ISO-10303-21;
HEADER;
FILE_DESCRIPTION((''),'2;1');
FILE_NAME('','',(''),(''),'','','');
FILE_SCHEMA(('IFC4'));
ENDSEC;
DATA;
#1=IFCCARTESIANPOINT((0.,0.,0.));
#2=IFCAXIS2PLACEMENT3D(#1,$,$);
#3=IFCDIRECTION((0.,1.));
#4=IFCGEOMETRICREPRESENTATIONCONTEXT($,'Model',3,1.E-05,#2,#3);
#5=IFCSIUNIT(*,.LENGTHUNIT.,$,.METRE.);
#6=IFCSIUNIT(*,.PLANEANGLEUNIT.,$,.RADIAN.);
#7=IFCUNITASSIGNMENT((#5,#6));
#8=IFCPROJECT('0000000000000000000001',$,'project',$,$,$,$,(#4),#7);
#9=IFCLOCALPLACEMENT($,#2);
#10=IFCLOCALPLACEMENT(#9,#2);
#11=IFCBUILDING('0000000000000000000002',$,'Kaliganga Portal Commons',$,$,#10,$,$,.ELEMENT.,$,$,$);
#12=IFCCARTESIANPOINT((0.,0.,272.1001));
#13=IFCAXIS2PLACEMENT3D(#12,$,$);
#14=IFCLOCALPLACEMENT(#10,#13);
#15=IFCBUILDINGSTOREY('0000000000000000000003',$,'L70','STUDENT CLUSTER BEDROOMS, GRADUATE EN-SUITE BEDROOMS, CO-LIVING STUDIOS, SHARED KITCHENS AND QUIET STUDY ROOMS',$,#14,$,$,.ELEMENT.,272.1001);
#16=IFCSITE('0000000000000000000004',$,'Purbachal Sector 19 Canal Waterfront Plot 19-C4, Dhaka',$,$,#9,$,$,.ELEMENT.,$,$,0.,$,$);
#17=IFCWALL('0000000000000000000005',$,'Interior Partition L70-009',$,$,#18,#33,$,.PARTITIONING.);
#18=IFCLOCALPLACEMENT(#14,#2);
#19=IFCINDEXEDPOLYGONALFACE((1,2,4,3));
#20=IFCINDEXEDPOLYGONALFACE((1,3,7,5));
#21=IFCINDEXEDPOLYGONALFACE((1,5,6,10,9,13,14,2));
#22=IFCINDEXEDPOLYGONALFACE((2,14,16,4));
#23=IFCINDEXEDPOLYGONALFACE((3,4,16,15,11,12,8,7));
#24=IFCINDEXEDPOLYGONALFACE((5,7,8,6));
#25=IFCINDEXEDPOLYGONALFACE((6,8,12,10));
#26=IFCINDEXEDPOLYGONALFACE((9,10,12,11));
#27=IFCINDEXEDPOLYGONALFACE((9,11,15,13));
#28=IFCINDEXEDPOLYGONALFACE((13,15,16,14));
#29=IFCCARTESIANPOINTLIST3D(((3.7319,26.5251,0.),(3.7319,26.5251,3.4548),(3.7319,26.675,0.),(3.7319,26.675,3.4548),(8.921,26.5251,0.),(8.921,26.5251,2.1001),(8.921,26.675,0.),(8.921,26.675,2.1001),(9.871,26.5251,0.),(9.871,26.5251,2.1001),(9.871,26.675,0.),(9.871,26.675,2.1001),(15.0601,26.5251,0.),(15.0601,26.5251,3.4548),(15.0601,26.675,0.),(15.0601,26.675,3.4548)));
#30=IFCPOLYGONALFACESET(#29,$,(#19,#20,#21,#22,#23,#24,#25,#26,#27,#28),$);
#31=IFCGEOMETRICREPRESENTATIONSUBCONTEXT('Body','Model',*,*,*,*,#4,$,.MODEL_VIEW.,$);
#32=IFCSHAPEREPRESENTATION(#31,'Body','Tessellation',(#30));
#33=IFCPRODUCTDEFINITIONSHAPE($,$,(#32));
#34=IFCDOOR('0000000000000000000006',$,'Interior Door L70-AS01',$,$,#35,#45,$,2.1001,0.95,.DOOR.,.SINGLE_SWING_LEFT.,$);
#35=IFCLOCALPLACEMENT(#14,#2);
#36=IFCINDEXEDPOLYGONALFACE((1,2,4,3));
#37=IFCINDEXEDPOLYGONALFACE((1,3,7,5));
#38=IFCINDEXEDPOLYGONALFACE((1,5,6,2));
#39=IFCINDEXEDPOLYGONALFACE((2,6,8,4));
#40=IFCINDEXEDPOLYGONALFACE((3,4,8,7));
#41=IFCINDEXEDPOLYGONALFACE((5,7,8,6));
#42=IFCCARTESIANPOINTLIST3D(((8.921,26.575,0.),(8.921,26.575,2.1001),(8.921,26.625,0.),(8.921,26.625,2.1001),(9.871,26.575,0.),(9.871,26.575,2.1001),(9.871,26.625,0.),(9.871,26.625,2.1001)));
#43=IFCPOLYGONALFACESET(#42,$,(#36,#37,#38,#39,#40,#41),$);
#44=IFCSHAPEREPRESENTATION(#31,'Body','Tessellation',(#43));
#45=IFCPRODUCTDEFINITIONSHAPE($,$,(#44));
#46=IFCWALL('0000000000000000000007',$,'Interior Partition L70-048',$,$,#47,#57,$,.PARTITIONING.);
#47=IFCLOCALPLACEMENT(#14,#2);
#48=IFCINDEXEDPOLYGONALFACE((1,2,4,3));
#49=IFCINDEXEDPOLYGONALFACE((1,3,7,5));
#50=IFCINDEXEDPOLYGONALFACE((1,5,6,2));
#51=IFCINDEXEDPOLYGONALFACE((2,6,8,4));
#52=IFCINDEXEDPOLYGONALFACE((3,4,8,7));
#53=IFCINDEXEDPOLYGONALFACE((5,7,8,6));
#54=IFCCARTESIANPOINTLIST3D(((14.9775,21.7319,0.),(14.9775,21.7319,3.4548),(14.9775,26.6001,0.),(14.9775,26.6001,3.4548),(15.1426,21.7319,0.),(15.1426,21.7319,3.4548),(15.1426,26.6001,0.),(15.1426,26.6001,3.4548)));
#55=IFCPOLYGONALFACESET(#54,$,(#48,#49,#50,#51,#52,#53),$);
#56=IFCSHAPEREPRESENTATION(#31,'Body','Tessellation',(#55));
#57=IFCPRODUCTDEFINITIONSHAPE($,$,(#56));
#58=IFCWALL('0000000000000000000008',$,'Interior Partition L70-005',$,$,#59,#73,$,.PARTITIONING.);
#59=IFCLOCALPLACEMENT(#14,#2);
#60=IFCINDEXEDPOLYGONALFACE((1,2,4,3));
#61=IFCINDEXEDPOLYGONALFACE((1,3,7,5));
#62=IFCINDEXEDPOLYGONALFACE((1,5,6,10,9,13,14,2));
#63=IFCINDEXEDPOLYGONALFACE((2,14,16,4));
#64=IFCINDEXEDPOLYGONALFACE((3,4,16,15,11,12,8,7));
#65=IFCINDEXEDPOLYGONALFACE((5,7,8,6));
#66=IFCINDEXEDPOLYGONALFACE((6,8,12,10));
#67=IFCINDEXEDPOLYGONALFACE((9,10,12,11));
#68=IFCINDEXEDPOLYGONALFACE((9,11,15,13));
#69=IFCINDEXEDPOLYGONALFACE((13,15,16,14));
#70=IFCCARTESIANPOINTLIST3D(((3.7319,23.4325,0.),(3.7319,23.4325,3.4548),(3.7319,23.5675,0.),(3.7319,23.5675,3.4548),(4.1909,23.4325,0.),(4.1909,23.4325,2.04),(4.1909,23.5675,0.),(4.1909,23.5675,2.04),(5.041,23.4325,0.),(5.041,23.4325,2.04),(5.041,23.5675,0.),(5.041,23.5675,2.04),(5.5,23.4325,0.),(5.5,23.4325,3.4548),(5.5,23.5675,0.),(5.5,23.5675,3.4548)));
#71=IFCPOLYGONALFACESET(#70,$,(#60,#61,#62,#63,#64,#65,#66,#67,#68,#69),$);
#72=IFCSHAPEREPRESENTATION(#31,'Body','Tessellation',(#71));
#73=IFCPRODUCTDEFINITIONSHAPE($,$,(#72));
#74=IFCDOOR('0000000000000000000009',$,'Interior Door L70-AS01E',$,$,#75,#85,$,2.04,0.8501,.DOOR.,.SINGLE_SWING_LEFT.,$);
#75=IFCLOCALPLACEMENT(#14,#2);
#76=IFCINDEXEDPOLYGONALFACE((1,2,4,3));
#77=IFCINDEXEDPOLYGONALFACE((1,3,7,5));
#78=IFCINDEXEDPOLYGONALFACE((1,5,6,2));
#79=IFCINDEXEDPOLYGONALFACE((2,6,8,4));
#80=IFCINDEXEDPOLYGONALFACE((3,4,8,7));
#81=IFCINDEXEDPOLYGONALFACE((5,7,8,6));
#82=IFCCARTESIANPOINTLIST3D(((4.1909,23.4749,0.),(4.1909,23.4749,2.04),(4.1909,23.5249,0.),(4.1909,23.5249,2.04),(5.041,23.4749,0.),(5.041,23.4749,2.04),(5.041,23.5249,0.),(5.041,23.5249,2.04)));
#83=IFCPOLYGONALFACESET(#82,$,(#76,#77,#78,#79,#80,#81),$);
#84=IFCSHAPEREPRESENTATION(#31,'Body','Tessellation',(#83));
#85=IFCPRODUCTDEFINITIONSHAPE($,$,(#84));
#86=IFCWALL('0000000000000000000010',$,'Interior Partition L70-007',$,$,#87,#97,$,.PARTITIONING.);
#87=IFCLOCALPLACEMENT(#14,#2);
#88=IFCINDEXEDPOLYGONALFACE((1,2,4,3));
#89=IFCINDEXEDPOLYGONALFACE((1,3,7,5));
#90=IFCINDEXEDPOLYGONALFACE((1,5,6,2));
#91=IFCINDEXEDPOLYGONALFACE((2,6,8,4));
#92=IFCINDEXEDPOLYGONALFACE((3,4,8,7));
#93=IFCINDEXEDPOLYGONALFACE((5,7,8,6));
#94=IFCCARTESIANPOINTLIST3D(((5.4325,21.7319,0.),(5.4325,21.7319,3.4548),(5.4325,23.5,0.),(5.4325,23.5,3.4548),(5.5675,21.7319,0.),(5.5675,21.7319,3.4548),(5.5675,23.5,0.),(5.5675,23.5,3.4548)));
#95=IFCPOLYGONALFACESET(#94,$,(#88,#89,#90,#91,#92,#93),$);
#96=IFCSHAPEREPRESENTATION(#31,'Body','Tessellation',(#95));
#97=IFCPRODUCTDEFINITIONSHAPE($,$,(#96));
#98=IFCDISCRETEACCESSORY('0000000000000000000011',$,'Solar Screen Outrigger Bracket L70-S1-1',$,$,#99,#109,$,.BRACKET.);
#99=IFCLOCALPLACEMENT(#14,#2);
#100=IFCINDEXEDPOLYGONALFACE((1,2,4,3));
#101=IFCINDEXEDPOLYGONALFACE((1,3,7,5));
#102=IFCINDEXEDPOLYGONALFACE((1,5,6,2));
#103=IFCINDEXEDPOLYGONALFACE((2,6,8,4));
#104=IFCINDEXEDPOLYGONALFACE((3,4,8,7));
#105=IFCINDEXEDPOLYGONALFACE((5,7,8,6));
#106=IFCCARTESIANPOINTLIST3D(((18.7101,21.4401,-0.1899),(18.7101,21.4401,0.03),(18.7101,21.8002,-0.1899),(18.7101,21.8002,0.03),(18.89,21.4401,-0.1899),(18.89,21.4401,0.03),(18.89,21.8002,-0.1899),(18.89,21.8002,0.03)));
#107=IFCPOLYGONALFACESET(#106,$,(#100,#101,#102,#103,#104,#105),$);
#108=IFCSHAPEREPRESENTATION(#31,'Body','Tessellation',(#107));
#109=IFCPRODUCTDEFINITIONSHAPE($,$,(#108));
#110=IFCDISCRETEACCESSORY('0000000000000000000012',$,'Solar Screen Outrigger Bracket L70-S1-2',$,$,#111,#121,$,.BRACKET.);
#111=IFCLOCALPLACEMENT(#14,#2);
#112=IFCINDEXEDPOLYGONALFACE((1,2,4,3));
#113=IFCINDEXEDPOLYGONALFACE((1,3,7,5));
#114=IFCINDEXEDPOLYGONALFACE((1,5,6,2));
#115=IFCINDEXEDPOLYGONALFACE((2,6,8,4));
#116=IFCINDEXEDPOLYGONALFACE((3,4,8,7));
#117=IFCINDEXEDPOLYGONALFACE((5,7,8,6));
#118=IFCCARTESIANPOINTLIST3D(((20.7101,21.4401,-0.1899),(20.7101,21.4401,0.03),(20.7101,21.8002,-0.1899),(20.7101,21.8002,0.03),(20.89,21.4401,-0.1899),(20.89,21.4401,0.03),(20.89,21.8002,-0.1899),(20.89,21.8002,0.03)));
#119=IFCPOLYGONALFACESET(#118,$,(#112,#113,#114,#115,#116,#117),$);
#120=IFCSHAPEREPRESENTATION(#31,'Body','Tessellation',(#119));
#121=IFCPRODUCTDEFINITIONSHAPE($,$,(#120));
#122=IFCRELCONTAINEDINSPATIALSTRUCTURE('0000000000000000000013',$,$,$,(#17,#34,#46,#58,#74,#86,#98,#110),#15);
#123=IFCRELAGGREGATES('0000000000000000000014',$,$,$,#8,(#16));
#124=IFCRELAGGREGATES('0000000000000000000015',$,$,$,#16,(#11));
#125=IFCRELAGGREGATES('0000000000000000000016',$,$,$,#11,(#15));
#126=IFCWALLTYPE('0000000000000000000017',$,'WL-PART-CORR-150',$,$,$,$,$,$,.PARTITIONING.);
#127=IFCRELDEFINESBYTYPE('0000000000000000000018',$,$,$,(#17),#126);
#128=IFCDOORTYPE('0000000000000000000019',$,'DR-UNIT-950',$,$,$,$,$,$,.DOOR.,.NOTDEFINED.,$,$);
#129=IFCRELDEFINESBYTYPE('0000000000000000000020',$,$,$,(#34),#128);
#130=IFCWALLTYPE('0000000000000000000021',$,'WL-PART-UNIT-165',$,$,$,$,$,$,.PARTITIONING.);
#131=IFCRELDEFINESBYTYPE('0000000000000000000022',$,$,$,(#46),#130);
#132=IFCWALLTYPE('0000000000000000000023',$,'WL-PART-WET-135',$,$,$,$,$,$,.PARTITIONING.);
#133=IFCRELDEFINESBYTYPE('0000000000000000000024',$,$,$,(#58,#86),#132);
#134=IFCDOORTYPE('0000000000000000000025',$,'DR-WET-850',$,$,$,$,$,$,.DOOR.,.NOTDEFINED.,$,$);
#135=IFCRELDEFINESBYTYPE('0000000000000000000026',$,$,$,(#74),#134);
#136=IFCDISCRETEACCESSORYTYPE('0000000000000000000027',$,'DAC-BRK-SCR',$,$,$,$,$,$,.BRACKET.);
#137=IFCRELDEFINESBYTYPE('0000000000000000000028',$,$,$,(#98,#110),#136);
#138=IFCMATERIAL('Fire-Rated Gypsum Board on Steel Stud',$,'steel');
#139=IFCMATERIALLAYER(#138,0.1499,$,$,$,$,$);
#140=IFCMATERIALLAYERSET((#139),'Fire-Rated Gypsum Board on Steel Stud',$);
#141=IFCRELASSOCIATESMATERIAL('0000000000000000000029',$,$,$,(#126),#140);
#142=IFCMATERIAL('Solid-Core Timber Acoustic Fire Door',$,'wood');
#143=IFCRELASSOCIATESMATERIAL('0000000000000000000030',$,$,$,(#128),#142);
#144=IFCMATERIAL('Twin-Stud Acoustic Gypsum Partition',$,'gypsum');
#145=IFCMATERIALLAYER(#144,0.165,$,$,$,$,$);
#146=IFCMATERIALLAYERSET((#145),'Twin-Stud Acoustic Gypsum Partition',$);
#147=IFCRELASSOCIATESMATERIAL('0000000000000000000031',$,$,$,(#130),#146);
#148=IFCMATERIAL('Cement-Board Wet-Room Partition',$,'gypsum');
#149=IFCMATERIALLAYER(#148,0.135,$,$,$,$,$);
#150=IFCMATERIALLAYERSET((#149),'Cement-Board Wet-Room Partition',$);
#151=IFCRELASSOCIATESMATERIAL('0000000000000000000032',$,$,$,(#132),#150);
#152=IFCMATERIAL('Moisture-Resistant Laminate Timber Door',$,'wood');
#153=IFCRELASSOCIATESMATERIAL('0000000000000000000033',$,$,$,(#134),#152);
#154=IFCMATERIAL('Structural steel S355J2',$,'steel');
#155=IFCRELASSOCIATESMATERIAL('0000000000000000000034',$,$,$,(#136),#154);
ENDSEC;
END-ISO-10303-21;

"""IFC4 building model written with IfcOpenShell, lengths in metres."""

from ifc_helpers import new_model, si_unit, direction, frame, frame_2d, origin, origin_2d, place, context, subcontext, project, spatial, rectangle, extrude, source, transform, mapped, material, layer, layer_set, type_object, element, fill, save


model = new_model("IFC4")

# Units and contexts
model_context = context("Model", 3, precision=1e-05, world=origin(), true_north=direction((0.0, 1.0)))
body_context = subcontext(model_context, "Body", "Model", "MODEL_VIEW")
ifc_project = project(units=[si_unit("LENGTHUNIT", "METRE"), si_unit("PLANEANGLEUNIT", "RADIAN")], contexts=[model_context])

# Site, building, storey
site_placement = place(None, origin())
site = spatial("IfcSite", under=ifc_project, at=site_placement, Name="Purbachal Sector 19 Canal Waterfront Plot 19-C4, Dhaka", CompositionType="ELEMENT", RefElevation=0.0)
building_placement = place(site_placement, origin())
building = spatial("IfcBuilding", under=site, at=building_placement, Name="Kaliganga Portal Commons", CompositionType="ELEMENT")
storey_placement = place(building_placement, frame((0.0, 0.0, 272.1001)))
storey = spatial("IfcBuildingStorey", under=building, at=storey_placement, Name="L70", Description="STUDENT CLUSTER BEDROOMS, GRADUATE EN-SUITE BEDROOMS, CO-LIVING STUDIOS, SHARED KITCHENS AND QUIET STUDY ROOMS", CompositionType="ELEMENT", Elevation=272.1001)

# Shared definitions
ifc_material_1 = material(Name="Structural steel S355J2", Category="steel")

# Wall, opening, door
ifc_material_2 = material(Name="Fire-Rated Gypsum Board on Steel Stud", Category="steel")
ifc_layer_1 = layer(ifc_material_2, 0.1499)
ifc_layer_set_1 = layer_set([ifc_layer_1], Name="Fire-Rated Gypsum Board on Steel Stud")
wall_type_1 = type_object("IfcWallType", Name="WL-PART-CORR-150", PredefinedType="PARTITIONING", material=ifc_layer_set_1)
ifc_material_3 = material(Name="Solid-Core Timber Acoustic Fire Door", Category="wood")
door_type_1 = type_object("IfcDoorType", Name="DR-UNIT-950", OperationType="NOTDEFINED", PredefinedType="DOOR", material=ifc_material_3)
wall_1_placement = place(storey_placement, frame((3.7319, 26.6001, 0.0), z_axis=(0.0, 0.0, 1.0), x_axis=(1.0, 0.0, 0.0)))
wall_1 = element("IfcWall", 1, at=wall_1_placement, inside=storey, type_object=wall_type_1, Name="Interior Partition L70-009", PredefinedType="PARTITIONING", context=body_context, shape_type="SweptSolid", body=[
    extrude(rectangle(XDim=11.3281, YDim=0.1499, at=frame_2d((5.6641, 0.0))), origin(), (0.0, 0.0, 1.0), 3.4548),
])
opening_1_placement = place(wall_1_placement, frame((5.189, 0.0, 0.0)))
opening_1 = element("IfcOpeningElement", 2, at=opening_1_placement, cuts=wall_1, PredefinedType="OPENING", context=body_context, shape_type="SweptSolid", body=[
    extrude(rectangle(XDim=0.95, YDim=2.1001, at=frame_2d((0.4751, 1.05))), frame((0.0, 0.085, 0.0), z_axis=(0.0, -1.0, 0.0), x_axis=(1.0, 0.0, 0.0)), (0.0, 0.0, 1.0), 0.1699),
])
door_1_placement = place(opening_1_placement, origin())
door_1 = element("IfcDoor", 3, at=door_1_placement, inside=storey, type_object=door_type_1, Name="Interior Door L70-AS01", OperationType="SINGLE_SWING_LEFT", OverallHeight=2.1001, OverallWidth=0.95, PredefinedType="DOOR", context=body_context, shape_type="SweptSolid", body=[
    extrude(rectangle(XDim=0.95, YDim=2.1001, at=frame_2d((0.4751, 1.05))), frame((0.0, 0.0249, 0.0), z_axis=(0.0, -1.0, 0.0), x_axis=(1.0, 0.0, 0.0)), (0.0, 0.0, 1.0), 0.05),
])
fill(opening_1, door_1)

# Wall
ifc_material_4 = material(Name="Twin-Stud Acoustic Gypsum Partition", Category="gypsum")
ifc_layer_2 = layer(ifc_material_4, 0.165)
ifc_layer_set_2 = layer_set([ifc_layer_2], Name="Twin-Stud Acoustic Gypsum Partition")
wall_type_2 = type_object("IfcWallType", Name="WL-PART-UNIT-165", PredefinedType="PARTITIONING", material=ifc_layer_set_2)
wall_2_placement = place(storey_placement, frame((15.0601, 21.7319, 0.0), z_axis=(0.0, 0.0, 1.0), x_axis=(0.0, 1.0, 0.0)))
element("IfcWall", 4, at=wall_2_placement, inside=storey, type_object=wall_type_2, Name="Interior Partition L70-048", PredefinedType="PARTITIONING", context=body_context, shape_type="SweptSolid", body=[
    extrude(rectangle(XDim=4.8682, YDim=0.165, at=frame_2d((2.4341, 0.0))), origin(), (0.0, 0.0, 1.0), 3.4548),
])

# Wall, opening, door
ifc_material_5 = material(Name="Cement-Board Wet-Room Partition", Category="gypsum")
ifc_layer_3 = layer(ifc_material_5, 0.135)
ifc_layer_set_3 = layer_set([ifc_layer_3], Name="Cement-Board Wet-Room Partition")
wall_type_3 = type_object("IfcWallType", Name="WL-PART-WET-135", PredefinedType="PARTITIONING", material=ifc_layer_set_3)
wall_3_placement = place(storey_placement, frame((3.7319, 23.5, 0.0), z_axis=(0.0, 0.0, 1.0), x_axis=(1.0, 0.0, 0.0)))
wall_3 = element("IfcWall", 5, at=wall_3_placement, inside=storey, type_object=wall_type_3, Name="Interior Partition L70-005", PredefinedType="PARTITIONING", context=body_context, shape_type="SweptSolid", body=[
    extrude(rectangle(XDim=1.7681, YDim=0.135, at=frame_2d((0.884, 0.0))), origin(), (0.0, 0.0, 1.0), 3.4548),
])
opening_2_placement = place(wall_3_placement, frame((0.459, 0.0, 0.0)))
opening_2 = element("IfcOpeningElement", 6, at=opening_2_placement, cuts=wall_3, PredefinedType="OPENING", context=body_context, shape_type="SweptSolid", body=[
    extrude(rectangle(XDim=0.8501, YDim=2.04, at=frame_2d((0.425, 1.02))), frame((0.0, 0.0776, 0.0), z_axis=(0.0, -1.0, 0.0), x_axis=(1.0, 0.0, 0.0)), (0.0, 0.0, 1.0), 0.155),
])
ifc_material_6 = material(Name="Moisture-Resistant Laminate Timber Door", Category="wood")
door_type_2 = type_object("IfcDoorType", Name="DR-WET-850", OperationType="NOTDEFINED", PredefinedType="DOOR", material=ifc_material_6)
door_2_placement = place(opening_2_placement, origin())
door_2 = element("IfcDoor", 7, at=door_2_placement, inside=storey, type_object=door_type_2, Name="Interior Door L70-AS01E", OperationType="SINGLE_SWING_LEFT", OverallHeight=2.04, OverallWidth=0.8501, PredefinedType="DOOR", context=body_context, shape_type="SweptSolid", body=[
    extrude(rectangle(XDim=0.8501, YDim=2.04, at=frame_2d((0.425, 1.02))), frame((0.0, 0.0249, 0.0), z_axis=(0.0, -1.0, 0.0), x_axis=(1.0, 0.0, 0.0)), (0.0, 0.0, 1.0), 0.05),
])
fill(opening_2, door_2)

# Wall
wall_4_placement = place(storey_placement, frame((5.5, 21.7319, 0.0), z_axis=(0.0, 0.0, 1.0), x_axis=(0.0, 1.0, 0.0)))
element("IfcWall", 8, at=wall_4_placement, inside=storey, type_object=wall_type_3, Name="Interior Partition L70-007", PredefinedType="PARTITIONING", context=body_context, shape_type="SweptSolid", body=[
    extrude(rectangle(XDim=1.7681, YDim=0.135, at=frame_2d((0.884, 0.0))), origin(), (0.0, 0.0, 1.0), 3.4548),
])

# Discrete accessories
discrete_accessory_type = type_object("IfcDiscreteAccessoryType", Name="DAC-BRK-SCR", PredefinedType="BRACKET", material=ifc_material_1)
shared_shape_1 = source(origin(), body_context, "Body", "SweptSolid", [
    extrude(rectangle(XDim=0.1799, YDim=0.3601, at=origin_2d()), origin(), (0.0, 0.0, 1.0), 0.22),
])
for number, where, z_axis, x_axis, name in (
    (9, (18.8, 21.6201, -0.1899), (0.0, 0.0, 1.0), (1.0, 0.0, 0.0), "Solar Screen Outrigger Bracket L70-S1-1"),
    (10, (20.8, 21.6201, -0.1899), (0.0, 0.0, 1.0), (1.0, 0.0, 0.0), "Solar Screen Outrigger Bracket L70-S1-2"),
):
    element("IfcDiscreteAccessory", number, at=place(storey_placement, frame(where, z_axis=z_axis, x_axis=x_axis)), inside=storey, type_object=discrete_accessory_type, Name=name, PredefinedType="BRACKET", context=body_context, shape_type="MappedRepresentation", body=[
        mapped(shared_shape_1, transform((0.0, 0.0, 0.0), x_axis=(1.0, 0.0, 0.0), y_axis=(0.0, 1.0, 0.0), z_axis=(0.0, 0.0, 1.0), scale=1.0)),
    ])

save(model, "model.ifc")
